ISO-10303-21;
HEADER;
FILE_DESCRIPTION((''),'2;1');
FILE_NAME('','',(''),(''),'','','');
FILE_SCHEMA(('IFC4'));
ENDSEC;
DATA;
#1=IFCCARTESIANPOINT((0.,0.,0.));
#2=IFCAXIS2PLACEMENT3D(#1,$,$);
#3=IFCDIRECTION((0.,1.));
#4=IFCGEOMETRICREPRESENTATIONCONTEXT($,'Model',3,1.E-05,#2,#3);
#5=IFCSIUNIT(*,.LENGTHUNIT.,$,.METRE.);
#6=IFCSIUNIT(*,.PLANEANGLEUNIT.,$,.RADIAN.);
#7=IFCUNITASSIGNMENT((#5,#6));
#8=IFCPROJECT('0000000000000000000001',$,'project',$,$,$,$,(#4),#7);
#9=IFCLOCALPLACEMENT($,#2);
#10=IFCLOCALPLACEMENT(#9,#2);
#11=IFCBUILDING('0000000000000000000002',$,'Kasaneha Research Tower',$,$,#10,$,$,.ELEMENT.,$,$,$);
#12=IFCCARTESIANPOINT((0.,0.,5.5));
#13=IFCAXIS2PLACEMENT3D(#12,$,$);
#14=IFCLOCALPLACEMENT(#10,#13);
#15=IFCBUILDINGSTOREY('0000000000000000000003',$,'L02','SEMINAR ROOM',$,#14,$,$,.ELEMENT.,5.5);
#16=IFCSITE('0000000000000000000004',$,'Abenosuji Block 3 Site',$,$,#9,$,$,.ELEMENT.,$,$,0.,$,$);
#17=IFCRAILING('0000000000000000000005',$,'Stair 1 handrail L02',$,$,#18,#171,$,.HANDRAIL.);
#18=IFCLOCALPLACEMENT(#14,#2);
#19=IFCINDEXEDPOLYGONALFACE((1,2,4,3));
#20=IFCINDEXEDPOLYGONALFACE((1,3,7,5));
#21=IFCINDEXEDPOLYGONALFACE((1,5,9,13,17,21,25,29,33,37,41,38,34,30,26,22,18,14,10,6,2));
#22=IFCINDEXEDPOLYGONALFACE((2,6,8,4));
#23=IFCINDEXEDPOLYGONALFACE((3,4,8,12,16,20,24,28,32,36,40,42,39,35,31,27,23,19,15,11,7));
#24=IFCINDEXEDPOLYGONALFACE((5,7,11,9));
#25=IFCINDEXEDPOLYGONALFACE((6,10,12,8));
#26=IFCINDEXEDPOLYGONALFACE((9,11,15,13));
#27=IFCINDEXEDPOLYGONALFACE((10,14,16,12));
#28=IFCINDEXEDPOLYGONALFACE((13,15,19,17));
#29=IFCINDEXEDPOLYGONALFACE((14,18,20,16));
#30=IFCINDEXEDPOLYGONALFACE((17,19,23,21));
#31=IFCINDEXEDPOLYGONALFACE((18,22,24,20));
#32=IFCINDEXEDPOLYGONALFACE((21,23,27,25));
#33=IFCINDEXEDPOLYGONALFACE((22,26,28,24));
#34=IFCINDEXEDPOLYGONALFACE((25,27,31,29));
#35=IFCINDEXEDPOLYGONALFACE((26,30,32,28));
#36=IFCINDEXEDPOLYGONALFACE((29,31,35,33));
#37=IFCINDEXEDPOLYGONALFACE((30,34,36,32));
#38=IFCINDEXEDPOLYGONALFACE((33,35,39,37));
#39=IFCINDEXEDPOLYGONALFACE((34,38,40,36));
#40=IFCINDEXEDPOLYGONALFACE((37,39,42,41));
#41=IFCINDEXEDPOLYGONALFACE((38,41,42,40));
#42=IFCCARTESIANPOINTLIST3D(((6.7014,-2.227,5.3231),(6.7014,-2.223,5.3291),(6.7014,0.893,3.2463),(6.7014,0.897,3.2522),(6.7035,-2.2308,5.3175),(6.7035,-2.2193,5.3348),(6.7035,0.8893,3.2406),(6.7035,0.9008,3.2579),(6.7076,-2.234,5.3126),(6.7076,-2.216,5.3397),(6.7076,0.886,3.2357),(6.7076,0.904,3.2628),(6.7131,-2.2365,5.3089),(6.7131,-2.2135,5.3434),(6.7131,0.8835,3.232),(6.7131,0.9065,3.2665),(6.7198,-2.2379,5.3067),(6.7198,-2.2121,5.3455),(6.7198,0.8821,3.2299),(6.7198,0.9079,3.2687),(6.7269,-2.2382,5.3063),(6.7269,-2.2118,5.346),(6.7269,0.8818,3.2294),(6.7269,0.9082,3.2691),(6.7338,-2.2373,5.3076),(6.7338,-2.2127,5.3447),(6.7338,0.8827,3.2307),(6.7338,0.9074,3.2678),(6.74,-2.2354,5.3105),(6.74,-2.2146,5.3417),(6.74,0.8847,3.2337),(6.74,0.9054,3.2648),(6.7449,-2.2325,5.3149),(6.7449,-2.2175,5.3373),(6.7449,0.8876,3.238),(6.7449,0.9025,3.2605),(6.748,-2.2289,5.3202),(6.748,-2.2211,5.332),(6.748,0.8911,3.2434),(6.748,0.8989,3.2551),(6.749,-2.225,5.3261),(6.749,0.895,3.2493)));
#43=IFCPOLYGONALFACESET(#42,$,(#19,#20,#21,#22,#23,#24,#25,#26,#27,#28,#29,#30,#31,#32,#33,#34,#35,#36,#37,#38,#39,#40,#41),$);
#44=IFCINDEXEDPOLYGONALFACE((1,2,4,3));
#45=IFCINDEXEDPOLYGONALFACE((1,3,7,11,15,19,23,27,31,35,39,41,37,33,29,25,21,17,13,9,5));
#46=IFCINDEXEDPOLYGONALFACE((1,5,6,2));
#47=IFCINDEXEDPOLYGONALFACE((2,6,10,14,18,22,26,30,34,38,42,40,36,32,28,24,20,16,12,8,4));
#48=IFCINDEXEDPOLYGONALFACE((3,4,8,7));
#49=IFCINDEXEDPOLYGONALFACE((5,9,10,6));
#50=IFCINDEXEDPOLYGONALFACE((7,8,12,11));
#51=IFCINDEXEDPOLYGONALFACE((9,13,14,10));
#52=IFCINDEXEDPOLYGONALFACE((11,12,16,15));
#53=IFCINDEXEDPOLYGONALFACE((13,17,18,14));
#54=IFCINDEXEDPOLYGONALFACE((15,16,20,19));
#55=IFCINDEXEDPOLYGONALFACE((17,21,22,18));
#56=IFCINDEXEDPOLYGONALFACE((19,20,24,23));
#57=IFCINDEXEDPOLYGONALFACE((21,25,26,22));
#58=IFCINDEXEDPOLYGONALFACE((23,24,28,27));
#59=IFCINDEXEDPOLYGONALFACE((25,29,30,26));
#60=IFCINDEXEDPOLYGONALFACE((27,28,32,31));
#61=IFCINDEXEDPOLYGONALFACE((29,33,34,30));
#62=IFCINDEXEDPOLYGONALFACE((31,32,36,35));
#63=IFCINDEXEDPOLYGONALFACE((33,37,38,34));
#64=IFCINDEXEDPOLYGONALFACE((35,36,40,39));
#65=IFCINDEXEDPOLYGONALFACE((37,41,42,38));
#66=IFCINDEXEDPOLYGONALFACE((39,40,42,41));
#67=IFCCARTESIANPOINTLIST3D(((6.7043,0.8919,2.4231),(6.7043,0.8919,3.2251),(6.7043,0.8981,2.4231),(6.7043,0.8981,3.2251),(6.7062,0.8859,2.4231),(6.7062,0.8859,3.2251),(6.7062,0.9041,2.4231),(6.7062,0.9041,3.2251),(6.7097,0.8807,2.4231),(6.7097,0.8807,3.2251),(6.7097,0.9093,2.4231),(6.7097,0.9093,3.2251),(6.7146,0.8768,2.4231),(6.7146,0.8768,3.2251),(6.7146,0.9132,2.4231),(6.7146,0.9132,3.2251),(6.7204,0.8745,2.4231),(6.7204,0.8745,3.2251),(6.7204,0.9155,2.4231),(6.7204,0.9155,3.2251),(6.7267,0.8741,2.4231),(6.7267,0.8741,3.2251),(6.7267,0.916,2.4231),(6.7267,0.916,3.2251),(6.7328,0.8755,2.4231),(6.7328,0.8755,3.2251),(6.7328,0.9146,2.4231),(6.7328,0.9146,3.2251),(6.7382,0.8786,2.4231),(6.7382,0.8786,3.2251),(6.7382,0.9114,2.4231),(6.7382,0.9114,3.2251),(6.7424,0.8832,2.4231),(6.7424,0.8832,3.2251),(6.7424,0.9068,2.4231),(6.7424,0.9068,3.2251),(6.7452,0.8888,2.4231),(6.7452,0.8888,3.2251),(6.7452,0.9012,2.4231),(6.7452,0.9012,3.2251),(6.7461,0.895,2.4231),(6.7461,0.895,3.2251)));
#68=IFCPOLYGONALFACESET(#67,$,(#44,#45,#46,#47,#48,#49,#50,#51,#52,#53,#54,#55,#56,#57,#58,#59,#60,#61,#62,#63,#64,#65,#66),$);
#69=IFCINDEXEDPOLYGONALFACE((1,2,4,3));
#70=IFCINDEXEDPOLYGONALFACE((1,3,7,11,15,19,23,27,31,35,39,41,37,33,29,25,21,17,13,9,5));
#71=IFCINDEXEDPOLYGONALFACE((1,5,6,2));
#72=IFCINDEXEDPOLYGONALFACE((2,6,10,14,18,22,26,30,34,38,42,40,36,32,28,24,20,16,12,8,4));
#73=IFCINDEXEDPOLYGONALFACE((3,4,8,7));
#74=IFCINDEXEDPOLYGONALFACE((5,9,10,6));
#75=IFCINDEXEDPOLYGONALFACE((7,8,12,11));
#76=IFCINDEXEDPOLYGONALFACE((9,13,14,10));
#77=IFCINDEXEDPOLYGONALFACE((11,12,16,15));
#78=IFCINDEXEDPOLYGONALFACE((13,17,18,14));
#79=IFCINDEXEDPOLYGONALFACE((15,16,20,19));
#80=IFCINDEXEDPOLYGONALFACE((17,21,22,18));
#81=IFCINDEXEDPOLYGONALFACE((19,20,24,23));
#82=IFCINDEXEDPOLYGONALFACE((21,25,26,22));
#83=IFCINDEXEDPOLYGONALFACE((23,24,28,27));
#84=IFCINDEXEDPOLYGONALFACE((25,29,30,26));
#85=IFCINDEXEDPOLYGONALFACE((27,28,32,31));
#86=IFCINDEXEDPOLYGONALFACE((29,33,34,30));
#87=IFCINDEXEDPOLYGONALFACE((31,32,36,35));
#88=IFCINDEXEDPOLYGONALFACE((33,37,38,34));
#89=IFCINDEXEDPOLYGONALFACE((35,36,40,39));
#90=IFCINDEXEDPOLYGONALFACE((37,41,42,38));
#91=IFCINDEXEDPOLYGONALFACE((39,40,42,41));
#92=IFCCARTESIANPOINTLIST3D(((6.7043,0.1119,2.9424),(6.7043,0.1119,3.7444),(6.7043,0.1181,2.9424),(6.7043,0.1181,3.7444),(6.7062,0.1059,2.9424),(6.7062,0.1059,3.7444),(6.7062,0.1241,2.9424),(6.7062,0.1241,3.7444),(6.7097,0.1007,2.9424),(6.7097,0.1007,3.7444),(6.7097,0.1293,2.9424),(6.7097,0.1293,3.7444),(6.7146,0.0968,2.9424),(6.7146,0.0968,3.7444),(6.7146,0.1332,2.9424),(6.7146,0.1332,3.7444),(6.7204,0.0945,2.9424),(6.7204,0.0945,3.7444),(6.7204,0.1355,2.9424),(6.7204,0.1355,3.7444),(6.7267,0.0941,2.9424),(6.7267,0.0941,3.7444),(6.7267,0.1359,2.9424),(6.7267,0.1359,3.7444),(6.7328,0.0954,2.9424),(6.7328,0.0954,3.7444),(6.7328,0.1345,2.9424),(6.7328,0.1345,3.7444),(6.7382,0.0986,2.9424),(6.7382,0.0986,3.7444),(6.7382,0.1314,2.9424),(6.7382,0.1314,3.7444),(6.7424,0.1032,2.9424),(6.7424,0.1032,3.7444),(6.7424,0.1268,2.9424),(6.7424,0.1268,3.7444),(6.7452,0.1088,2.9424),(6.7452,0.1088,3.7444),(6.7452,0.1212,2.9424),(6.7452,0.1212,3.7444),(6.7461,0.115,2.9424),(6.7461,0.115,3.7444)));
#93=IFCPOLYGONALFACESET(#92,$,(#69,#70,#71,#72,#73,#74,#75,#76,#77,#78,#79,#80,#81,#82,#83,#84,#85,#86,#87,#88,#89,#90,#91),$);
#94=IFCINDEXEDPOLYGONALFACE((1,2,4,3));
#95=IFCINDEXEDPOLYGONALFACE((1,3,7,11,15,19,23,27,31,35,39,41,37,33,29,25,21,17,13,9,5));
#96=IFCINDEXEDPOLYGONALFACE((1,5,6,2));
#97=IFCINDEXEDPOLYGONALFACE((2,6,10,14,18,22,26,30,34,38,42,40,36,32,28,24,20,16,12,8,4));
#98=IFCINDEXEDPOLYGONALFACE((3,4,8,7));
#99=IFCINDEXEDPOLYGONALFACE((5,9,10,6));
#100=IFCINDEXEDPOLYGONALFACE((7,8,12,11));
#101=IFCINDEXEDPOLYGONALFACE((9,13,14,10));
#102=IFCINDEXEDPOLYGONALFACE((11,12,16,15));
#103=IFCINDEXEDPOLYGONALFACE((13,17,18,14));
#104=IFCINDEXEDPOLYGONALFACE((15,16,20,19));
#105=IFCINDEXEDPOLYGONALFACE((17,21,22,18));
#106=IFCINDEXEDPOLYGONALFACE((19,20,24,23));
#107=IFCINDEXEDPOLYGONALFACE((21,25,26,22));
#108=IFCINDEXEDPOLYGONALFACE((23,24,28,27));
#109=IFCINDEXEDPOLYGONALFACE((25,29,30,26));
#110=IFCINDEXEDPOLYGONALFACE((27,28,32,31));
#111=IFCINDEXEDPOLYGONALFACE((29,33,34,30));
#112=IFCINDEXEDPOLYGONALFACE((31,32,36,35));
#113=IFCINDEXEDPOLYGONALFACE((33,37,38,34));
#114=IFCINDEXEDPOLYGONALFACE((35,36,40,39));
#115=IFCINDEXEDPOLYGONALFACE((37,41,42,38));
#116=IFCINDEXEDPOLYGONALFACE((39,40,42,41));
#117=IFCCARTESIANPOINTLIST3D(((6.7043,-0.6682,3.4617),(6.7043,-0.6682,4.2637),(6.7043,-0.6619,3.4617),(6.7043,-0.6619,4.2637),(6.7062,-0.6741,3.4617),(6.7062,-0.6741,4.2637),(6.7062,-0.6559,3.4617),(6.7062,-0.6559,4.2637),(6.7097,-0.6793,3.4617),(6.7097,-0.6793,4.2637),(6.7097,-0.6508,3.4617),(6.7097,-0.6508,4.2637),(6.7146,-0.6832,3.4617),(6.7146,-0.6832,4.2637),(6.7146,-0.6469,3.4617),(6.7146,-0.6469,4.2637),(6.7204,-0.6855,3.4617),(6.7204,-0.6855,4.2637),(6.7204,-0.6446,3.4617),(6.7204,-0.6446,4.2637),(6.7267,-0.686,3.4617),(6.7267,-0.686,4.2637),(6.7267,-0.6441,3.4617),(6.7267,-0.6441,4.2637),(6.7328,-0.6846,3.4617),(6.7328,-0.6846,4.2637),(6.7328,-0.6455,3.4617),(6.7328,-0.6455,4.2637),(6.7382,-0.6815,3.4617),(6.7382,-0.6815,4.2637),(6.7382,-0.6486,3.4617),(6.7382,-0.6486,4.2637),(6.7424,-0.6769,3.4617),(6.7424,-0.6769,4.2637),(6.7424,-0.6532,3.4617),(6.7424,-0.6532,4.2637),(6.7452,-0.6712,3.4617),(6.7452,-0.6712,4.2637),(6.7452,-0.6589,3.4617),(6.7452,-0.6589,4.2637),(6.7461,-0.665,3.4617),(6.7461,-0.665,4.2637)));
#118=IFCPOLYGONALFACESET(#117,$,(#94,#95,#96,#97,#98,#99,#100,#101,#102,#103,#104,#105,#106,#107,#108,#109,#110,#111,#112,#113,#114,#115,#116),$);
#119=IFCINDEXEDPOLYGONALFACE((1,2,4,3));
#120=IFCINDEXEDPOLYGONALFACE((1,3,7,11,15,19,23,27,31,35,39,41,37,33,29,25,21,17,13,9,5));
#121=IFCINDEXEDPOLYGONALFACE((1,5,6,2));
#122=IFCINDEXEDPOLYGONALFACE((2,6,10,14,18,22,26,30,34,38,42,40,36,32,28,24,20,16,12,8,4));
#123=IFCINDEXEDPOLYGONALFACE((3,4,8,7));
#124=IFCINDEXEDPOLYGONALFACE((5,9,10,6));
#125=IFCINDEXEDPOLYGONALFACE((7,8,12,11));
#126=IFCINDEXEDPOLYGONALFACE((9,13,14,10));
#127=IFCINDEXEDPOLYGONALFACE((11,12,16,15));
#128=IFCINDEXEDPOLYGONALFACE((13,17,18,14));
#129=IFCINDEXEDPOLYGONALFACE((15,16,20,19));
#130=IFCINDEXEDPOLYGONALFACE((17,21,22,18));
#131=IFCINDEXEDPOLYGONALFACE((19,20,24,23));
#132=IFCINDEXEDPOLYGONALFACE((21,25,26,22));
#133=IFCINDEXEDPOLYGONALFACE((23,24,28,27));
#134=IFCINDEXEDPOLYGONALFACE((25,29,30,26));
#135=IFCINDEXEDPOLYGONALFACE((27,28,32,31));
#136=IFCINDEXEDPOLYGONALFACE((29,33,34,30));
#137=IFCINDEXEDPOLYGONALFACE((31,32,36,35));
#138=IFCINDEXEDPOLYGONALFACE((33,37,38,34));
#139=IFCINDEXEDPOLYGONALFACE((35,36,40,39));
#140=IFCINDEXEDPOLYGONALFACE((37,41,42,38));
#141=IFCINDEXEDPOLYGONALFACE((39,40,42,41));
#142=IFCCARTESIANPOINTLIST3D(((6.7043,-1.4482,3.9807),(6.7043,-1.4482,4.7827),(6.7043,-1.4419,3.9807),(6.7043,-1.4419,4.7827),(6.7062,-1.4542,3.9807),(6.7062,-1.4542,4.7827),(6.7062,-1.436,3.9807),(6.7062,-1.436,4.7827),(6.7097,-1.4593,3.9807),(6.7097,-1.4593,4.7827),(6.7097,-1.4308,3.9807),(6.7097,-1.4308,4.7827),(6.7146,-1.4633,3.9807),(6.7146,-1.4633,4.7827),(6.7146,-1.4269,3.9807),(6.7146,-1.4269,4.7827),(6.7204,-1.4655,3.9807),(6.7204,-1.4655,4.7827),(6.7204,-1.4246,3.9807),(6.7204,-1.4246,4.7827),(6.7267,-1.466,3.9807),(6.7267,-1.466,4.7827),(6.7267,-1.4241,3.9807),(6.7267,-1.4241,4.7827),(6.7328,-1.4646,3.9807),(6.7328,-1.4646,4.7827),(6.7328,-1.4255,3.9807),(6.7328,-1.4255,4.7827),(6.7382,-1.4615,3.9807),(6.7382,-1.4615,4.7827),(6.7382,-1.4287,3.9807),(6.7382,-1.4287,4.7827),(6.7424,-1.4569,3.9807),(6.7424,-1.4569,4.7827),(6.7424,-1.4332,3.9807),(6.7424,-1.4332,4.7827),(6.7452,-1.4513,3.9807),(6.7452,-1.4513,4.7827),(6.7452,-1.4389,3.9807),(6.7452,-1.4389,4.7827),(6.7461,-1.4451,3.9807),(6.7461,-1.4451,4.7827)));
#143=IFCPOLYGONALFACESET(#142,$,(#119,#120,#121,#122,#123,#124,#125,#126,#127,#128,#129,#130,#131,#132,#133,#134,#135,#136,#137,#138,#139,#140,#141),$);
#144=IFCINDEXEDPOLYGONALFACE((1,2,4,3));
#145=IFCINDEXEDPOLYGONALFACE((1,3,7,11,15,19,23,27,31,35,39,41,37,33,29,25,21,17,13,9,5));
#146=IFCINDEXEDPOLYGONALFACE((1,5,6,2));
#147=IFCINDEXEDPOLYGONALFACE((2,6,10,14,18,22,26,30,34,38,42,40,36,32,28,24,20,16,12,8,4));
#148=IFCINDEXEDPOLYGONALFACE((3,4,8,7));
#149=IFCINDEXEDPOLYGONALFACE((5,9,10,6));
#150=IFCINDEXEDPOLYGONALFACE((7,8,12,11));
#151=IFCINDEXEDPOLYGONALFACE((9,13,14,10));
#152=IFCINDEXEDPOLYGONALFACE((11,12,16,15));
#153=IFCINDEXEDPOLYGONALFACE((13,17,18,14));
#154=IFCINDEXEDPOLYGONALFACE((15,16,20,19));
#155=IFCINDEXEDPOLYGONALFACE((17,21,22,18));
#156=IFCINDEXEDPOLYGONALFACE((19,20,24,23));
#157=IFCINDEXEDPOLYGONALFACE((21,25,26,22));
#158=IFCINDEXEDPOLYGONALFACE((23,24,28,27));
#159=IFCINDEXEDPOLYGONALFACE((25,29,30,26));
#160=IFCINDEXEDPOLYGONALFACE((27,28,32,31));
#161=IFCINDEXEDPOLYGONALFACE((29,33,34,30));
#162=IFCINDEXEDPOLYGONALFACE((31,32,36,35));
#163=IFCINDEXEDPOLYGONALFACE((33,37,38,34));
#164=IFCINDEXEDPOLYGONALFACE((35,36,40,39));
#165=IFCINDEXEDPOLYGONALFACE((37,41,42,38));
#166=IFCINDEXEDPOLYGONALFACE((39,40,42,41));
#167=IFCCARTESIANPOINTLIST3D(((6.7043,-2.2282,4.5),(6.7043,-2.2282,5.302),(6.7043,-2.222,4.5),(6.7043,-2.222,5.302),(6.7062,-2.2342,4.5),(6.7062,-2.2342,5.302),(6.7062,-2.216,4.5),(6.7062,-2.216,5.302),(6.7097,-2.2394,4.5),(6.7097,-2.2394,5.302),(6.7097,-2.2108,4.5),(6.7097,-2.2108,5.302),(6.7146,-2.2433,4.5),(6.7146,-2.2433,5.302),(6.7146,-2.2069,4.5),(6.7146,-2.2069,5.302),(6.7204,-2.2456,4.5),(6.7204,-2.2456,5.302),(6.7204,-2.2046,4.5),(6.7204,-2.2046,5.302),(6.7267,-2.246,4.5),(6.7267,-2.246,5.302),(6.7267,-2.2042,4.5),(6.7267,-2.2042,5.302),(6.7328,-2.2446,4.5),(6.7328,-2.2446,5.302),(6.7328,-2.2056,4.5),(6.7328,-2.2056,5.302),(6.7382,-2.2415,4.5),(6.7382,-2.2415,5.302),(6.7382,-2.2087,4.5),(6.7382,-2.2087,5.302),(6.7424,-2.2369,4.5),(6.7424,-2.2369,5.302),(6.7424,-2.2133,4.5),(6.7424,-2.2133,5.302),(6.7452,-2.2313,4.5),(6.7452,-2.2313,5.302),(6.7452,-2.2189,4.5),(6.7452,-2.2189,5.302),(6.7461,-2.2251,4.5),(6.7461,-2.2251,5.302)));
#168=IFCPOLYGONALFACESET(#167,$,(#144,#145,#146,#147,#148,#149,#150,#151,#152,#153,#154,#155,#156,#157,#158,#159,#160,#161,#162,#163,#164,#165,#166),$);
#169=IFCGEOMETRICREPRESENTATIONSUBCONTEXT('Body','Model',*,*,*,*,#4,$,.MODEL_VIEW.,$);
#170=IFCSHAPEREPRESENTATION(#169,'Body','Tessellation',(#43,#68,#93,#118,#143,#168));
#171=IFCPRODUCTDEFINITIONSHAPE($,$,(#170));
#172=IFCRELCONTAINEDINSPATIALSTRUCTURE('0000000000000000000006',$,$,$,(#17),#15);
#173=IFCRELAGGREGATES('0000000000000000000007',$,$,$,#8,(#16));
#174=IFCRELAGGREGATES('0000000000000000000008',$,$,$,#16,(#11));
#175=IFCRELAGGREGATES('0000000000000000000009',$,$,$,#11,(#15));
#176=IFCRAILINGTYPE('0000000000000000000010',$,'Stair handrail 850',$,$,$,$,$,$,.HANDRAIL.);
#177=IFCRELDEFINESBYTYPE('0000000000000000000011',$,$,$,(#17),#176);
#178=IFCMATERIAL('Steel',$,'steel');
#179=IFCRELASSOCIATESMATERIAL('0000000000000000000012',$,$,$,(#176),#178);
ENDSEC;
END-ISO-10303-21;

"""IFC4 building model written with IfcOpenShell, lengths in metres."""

from ifc_helpers import new_model, si_unit, direction, frame, origin, origin_2d, place, context, subcontext, project, spatial, circle, extrude, material, type_object, element, save


model = new_model("IFC4")

# Units and contexts
model_context = context("Model", 3, precision=1e-05, world=origin(), true_north=direction((0.0, 1.0)))
body_context = subcontext(model_context, "Body", "Model", "MODEL_VIEW")
ifc_project = project(units=[si_unit("LENGTHUNIT", "METRE"), si_unit("PLANEANGLEUNIT", "RADIAN")], contexts=[model_context])

# Site, building, storey
site_placement = place(None, origin())
site = spatial("IfcSite", under=ifc_project, at=site_placement, Name="Abenosuji Block 3 Site", CompositionType="ELEMENT", RefElevation=0.0)
building_placement = place(site_placement, origin())
building = spatial("IfcBuilding", under=site, at=building_placement, Name="Kasaneha Research Tower", CompositionType="ELEMENT")
storey_placement = place(building_placement, frame((0.0, 0.0, 5.5)))
storey = spatial("IfcBuildingStorey", under=building, at=storey_placement, Name="L02", Description="SEMINAR ROOM", CompositionType="ELEMENT", Elevation=5.5)

# Railing
ifc_material_1 = material(Name="Steel", Category="steel")
railing_type_1 = type_object("IfcRailingType", Name="Stair handrail 850", PredefinedType="HANDRAIL", material=ifc_material_1)
railing_1_placement = place(storey_placement, frame((6.7251, 0.895, 2.4231)))
element("IfcRailing", 1, at=railing_1_placement, inside=storey, type_object=railing_type_1, Name="Stair 1 handrail L02", PredefinedType="HANDRAIL", context=body_context, shape_type="SweptSolid", body=[
    extrude(circle(Radius=0.0239, at=origin_2d()), frame((0.0, 0.0, 0.8262), z_axis=(0.0, -0.832441, 0.554114), x_axis=(1.0, 0.0, 0.0)), (0.0, 0.0, 1.0), 3.748),
    extrude(circle(Radius=0.021, at=origin_2d()), origin(), (0.0, 0.0, 1.0), 0.802),
    extrude(circle(Radius=0.021, at=origin_2d()), frame((0.0, -0.78, 0.5193)), (0.0, 0.0, 1.0), 0.802),
    extrude(circle(Radius=0.021, at=origin_2d()), frame((0.0, -1.5601, 1.0386)), (0.0, 0.0, 1.0), 0.802),
    extrude(circle(Radius=0.021, at=origin_2d()), frame((0.0, -2.3401, 1.5576)), (0.0, 0.0, 1.0), 0.802),
    extrude(circle(Radius=0.021, at=origin_2d()), frame((0.0, -3.1201, 2.0769)), (0.0, 0.0, 1.0), 0.802),
])

save(model, "model.ifc")
